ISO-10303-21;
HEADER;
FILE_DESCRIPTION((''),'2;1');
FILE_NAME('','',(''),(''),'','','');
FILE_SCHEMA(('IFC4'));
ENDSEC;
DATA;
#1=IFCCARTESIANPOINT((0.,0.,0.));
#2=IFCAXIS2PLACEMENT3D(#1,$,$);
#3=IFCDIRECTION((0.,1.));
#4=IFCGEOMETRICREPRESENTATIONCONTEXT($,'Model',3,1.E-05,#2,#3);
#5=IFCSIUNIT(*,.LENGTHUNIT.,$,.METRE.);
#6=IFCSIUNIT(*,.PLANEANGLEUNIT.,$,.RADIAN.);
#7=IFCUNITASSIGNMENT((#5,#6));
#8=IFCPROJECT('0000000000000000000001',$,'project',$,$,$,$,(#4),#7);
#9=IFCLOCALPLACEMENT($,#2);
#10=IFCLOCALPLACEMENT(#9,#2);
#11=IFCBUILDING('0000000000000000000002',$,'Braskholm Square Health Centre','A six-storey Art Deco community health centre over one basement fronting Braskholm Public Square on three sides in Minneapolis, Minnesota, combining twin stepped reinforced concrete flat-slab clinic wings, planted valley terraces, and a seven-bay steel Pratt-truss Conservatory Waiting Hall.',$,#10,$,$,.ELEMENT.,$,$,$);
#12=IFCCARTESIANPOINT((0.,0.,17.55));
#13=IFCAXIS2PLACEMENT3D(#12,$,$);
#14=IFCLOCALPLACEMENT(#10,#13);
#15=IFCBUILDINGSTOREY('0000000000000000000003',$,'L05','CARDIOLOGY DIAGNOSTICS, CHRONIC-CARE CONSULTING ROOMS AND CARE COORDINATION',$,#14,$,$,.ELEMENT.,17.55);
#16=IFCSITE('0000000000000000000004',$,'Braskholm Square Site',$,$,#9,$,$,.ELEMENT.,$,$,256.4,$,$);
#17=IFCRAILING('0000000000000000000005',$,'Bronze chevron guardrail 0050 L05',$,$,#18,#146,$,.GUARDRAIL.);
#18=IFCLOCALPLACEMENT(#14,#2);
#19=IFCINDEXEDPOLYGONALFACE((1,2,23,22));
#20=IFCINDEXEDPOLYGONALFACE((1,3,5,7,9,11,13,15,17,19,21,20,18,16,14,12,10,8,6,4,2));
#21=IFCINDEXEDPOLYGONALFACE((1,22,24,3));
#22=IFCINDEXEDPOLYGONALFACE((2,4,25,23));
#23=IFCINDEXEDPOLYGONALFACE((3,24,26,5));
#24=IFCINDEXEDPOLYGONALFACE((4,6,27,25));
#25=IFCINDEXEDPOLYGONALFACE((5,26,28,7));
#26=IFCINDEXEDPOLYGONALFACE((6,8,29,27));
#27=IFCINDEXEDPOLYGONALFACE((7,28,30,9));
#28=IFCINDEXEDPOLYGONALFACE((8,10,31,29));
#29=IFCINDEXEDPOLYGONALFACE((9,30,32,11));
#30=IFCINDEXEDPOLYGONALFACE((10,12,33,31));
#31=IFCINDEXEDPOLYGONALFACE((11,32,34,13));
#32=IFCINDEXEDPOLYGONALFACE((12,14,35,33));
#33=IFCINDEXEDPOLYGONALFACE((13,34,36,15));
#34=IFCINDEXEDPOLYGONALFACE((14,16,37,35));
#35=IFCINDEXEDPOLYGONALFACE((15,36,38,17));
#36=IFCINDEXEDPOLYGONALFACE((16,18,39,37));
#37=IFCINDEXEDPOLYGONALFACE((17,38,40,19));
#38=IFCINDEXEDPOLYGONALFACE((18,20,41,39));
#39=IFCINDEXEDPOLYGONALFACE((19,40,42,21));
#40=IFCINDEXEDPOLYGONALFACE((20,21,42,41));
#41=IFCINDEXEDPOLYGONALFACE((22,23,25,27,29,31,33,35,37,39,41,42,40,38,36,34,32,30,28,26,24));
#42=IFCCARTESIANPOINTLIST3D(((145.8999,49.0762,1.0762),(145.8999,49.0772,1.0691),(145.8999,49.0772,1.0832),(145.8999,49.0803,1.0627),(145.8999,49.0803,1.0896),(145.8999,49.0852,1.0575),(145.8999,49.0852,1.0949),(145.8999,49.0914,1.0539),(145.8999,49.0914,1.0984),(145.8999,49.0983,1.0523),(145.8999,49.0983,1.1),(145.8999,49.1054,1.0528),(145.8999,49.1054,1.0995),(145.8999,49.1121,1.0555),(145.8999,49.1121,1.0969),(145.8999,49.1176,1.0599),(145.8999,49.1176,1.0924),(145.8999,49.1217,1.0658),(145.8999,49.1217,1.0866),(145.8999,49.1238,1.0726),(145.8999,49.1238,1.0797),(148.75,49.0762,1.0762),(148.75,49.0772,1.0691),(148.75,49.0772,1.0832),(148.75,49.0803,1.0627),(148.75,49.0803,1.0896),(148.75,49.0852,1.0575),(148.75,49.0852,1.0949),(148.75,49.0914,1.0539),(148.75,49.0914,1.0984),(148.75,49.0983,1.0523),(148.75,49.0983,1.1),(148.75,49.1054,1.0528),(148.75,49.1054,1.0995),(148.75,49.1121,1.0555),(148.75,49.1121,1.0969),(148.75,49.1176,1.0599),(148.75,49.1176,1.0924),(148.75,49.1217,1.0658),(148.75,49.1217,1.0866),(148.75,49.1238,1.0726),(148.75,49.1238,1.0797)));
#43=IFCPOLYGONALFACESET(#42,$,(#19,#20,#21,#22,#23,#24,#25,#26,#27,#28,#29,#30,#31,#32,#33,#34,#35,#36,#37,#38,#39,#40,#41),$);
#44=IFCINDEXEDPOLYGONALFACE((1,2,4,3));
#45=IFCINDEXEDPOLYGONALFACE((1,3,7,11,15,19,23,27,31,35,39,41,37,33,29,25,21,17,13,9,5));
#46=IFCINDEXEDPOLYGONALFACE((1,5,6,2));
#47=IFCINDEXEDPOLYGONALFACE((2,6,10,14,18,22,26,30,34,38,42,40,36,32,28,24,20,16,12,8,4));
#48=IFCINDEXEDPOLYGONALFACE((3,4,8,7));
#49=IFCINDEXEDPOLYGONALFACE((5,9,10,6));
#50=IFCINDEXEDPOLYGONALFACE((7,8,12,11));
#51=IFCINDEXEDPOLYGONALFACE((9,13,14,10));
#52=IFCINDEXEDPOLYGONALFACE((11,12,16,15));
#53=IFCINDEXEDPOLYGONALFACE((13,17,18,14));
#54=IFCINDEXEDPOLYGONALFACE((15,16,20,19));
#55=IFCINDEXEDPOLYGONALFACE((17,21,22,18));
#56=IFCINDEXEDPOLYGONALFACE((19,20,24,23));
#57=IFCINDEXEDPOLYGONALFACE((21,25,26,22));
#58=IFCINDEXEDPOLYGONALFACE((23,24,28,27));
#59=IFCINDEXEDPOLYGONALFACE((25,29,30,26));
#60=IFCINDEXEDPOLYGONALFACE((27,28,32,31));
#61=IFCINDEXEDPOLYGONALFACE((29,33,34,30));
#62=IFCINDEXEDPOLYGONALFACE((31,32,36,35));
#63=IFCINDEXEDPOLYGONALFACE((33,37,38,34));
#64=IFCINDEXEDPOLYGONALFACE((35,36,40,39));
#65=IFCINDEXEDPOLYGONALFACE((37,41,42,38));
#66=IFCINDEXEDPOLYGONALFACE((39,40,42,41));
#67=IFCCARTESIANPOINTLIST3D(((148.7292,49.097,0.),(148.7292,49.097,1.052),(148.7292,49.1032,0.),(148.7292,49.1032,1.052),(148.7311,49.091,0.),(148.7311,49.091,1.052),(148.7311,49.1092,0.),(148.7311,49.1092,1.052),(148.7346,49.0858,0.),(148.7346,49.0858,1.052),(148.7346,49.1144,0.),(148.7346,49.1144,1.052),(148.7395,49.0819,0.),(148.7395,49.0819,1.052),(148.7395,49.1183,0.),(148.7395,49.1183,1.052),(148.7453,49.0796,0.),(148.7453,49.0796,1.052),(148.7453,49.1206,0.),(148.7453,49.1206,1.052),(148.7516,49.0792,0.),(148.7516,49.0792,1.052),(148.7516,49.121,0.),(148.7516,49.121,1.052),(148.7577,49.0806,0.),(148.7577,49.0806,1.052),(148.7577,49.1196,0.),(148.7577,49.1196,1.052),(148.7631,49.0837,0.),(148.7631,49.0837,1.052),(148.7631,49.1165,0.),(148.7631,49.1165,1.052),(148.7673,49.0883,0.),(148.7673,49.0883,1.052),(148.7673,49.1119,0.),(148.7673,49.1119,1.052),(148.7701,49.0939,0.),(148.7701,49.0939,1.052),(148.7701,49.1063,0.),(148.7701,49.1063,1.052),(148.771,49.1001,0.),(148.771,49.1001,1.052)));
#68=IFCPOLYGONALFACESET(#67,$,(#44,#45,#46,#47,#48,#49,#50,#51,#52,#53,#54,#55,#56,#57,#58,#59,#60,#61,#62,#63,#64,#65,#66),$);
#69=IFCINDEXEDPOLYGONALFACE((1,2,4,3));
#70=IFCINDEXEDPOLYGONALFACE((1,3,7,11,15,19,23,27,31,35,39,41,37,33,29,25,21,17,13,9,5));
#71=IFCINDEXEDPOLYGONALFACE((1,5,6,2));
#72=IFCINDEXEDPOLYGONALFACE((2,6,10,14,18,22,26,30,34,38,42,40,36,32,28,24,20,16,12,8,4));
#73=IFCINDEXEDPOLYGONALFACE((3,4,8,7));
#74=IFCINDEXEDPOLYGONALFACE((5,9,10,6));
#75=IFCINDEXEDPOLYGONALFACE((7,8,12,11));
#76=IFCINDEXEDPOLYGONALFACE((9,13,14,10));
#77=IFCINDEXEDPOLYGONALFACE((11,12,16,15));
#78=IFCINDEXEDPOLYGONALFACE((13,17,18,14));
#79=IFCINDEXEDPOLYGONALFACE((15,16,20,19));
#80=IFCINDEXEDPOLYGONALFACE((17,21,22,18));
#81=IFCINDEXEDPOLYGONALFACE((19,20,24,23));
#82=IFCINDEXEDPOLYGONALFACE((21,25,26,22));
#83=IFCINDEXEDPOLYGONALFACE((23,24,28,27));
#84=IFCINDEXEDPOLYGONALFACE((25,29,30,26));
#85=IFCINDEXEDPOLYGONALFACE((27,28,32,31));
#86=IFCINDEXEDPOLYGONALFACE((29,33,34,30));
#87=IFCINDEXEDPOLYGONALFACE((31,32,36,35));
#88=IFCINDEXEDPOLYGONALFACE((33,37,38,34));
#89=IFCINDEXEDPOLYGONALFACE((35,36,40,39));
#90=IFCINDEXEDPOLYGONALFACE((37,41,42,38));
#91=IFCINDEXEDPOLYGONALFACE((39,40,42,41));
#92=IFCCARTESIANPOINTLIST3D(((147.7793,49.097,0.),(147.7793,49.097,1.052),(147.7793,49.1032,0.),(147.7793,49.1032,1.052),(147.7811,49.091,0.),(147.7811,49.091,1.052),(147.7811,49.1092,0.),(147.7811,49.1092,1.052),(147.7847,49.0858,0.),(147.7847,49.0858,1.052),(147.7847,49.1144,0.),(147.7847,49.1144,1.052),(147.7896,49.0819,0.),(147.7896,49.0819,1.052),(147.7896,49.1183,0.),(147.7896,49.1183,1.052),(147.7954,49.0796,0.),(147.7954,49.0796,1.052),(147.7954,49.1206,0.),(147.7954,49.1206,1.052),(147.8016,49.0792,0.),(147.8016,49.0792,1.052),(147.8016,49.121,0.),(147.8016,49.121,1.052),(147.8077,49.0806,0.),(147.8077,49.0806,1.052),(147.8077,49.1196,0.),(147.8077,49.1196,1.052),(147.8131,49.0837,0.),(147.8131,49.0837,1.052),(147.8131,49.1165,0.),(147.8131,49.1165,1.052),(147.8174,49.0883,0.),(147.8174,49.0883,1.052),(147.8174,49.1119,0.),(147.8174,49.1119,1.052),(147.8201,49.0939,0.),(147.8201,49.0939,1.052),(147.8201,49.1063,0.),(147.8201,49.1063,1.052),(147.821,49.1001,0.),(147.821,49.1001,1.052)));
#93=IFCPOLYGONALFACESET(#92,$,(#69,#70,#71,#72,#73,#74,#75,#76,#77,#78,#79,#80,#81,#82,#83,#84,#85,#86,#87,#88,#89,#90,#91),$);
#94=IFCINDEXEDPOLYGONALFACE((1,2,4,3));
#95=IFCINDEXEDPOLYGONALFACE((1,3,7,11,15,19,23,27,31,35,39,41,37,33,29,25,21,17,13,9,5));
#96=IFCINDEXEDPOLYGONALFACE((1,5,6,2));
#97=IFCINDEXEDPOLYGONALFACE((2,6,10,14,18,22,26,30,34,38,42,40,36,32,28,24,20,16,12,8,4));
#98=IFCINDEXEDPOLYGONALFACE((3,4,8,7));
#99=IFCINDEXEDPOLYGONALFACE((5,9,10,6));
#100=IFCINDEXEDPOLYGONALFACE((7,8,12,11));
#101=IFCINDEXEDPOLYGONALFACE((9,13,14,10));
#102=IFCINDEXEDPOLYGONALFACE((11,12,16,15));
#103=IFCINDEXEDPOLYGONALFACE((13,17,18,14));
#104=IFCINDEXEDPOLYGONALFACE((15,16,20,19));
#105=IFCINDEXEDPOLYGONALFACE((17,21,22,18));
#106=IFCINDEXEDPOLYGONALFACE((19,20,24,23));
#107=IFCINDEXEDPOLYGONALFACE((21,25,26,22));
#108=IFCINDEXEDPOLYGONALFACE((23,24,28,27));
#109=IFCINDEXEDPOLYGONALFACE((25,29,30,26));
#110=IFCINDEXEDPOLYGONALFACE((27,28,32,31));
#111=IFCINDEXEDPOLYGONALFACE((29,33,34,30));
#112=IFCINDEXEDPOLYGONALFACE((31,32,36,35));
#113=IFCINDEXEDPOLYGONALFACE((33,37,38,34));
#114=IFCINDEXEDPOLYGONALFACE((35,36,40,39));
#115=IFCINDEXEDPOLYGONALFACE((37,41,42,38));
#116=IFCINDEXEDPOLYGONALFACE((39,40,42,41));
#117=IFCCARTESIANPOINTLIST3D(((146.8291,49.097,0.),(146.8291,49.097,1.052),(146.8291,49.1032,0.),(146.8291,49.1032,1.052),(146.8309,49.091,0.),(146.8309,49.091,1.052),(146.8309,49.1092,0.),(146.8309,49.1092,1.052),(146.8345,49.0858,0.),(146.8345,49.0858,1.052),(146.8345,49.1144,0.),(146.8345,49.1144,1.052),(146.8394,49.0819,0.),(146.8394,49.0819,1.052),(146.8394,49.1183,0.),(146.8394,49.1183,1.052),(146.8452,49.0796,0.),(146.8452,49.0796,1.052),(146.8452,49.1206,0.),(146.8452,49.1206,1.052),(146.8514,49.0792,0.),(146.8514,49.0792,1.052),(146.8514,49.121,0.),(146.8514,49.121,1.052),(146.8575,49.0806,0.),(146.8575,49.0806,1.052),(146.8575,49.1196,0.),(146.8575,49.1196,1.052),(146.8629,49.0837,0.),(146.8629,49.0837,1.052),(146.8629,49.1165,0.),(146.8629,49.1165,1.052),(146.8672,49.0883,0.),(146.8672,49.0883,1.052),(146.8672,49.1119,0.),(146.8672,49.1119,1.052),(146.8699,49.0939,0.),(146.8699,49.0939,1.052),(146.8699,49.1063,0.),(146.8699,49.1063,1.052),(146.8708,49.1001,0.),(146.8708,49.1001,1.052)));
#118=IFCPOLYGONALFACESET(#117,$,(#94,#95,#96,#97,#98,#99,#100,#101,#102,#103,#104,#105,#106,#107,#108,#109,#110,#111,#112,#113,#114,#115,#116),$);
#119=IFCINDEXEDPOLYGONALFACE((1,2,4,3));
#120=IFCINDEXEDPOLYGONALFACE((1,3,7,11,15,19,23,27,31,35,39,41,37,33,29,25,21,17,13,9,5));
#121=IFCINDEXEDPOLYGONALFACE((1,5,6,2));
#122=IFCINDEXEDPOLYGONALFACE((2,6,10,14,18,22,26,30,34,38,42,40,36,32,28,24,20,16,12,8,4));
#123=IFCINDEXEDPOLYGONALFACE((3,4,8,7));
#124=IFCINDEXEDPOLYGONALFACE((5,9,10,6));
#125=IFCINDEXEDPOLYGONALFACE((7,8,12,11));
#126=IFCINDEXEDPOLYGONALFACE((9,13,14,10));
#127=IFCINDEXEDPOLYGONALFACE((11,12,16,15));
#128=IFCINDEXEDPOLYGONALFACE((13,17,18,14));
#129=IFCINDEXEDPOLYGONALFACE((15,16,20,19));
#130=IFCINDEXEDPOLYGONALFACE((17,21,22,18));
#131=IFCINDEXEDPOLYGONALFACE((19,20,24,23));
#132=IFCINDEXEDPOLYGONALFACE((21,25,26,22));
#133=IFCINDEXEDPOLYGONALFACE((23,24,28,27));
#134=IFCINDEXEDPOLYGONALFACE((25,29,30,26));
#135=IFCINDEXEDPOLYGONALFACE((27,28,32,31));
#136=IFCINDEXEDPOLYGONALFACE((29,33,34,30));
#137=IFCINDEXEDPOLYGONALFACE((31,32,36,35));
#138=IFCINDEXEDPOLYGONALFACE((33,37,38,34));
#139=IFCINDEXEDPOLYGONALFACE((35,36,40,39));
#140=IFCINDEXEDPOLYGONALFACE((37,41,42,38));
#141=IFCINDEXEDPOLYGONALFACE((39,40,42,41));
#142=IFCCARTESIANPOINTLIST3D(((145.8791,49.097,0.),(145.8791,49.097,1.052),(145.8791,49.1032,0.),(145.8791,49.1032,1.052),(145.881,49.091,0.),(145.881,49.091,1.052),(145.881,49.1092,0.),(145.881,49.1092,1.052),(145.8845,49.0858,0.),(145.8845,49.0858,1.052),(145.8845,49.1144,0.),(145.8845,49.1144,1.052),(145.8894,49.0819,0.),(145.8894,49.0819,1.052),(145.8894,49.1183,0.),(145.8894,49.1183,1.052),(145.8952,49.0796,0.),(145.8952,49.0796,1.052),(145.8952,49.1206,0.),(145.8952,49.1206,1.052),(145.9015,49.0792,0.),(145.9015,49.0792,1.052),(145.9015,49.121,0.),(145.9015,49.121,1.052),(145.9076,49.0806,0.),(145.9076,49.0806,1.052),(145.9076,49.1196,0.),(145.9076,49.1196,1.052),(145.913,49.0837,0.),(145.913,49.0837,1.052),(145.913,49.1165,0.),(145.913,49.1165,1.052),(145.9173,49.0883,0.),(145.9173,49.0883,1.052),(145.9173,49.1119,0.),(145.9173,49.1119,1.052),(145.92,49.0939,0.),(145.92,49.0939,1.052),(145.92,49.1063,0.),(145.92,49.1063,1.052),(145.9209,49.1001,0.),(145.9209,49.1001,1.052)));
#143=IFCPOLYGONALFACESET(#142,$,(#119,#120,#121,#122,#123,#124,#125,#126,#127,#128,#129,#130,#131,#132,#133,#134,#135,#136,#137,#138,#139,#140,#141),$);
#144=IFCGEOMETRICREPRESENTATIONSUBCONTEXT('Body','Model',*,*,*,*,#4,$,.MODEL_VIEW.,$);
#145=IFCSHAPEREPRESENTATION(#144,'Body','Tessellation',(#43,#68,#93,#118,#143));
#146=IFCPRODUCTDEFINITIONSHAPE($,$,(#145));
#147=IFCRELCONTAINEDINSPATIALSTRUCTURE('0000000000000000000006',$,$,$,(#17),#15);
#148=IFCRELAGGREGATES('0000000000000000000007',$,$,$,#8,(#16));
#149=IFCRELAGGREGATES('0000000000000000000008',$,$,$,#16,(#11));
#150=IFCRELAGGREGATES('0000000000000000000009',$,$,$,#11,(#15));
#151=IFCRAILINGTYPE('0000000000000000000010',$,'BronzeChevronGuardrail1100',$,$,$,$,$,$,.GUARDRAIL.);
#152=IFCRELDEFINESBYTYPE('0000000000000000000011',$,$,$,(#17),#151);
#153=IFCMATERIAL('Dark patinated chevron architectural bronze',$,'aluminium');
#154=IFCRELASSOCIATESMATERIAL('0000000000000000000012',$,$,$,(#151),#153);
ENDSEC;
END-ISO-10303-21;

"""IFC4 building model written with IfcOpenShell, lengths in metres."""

from ifc_helpers import new_model, si_unit, direction, frame, origin, origin_2d, place, context, subcontext, project, spatial, circle, extrude, material, type_object, element, save


model = new_model("IFC4")

# Units and contexts
model_context = context("Model", 3, precision=1e-05, world=origin(), true_north=direction((0.0, 1.0)))
body_context = subcontext(model_context, "Body", "Model", "MODEL_VIEW")
ifc_project = project(units=[si_unit("LENGTHUNIT", "METRE"), si_unit("PLANEANGLEUNIT", "RADIAN")], contexts=[model_context])

# Site, building, storey
site_placement = place(None, origin())
site = spatial("IfcSite", under=ifc_project, at=site_placement, Name="Braskholm Square Site", CompositionType="ELEMENT", RefElevation=256.4)
building_placement = place(site_placement, origin())
building = spatial("IfcBuilding", under=site, at=building_placement, Name="Braskholm Square Health Centre", Description="A six-storey Art Deco community health centre over one basement fronting Braskholm Public Square on three sides in Minneapolis, Minnesota, combining twin stepped reinforced concrete flat-slab clinic wings, planted valley terraces, and a seven-bay steel Pratt-truss Conservatory Waiting Hall.", CompositionType="ELEMENT")
storey_placement = place(building_placement, frame((0.0, 0.0, 17.55)))
storey = spatial("IfcBuildingStorey", under=building, at=storey_placement, Name="L05", Description="CARDIOLOGY DIAGNOSTICS, CHRONIC-CARE CONSULTING ROOMS AND CARE COORDINATION", CompositionType="ELEMENT", Elevation=17.55)

# Railing
ifc_material_1 = material(Name="Dark patinated chevron architectural bronze", Category="aluminium")
railing_type = type_object("IfcRailingType", Name="BronzeChevronGuardrail1100", PredefinedType="GUARDRAIL", material=ifc_material_1)
railing_1_placement = place(storey_placement, frame((148.75, 49.1001, 0.0)))
element("IfcRailing", 1, at=railing_1_placement, inside=storey, type_object=railing_type, Name="Bronze chevron guardrail 0050 L05", PredefinedType="GUARDRAIL", context=body_context, shape_type="SweptSolid", body=[
    extrude(circle(Radius=0.0239, at=origin_2d()), frame((0.0, 0.0, 1.0762), z_axis=(-1.0, 0.0, 0.0), x_axis=(0.0, -1.0, 0.0)), (0.0, 0.0, 1.0), 2.8501),
    extrude(circle(Radius=0.021, at=origin_2d()), origin(), (0.0, 0.0, 1.0), 1.052),
    extrude(circle(Radius=0.021, at=origin_2d()), frame((-0.95, 0.0, 0.0)), (0.0, 0.0, 1.0), 1.052),
    extrude(circle(Radius=0.021, at=origin_2d()), frame((-1.9001, 0.0, 0.0)), (0.0, 0.0, 1.0), 1.052),
    extrude(circle(Radius=0.021, at=origin_2d()), frame((-2.8501, 0.0, 0.0)), (0.0, 0.0, 1.0), 1.052),
])

save(model, "model.ifc")
